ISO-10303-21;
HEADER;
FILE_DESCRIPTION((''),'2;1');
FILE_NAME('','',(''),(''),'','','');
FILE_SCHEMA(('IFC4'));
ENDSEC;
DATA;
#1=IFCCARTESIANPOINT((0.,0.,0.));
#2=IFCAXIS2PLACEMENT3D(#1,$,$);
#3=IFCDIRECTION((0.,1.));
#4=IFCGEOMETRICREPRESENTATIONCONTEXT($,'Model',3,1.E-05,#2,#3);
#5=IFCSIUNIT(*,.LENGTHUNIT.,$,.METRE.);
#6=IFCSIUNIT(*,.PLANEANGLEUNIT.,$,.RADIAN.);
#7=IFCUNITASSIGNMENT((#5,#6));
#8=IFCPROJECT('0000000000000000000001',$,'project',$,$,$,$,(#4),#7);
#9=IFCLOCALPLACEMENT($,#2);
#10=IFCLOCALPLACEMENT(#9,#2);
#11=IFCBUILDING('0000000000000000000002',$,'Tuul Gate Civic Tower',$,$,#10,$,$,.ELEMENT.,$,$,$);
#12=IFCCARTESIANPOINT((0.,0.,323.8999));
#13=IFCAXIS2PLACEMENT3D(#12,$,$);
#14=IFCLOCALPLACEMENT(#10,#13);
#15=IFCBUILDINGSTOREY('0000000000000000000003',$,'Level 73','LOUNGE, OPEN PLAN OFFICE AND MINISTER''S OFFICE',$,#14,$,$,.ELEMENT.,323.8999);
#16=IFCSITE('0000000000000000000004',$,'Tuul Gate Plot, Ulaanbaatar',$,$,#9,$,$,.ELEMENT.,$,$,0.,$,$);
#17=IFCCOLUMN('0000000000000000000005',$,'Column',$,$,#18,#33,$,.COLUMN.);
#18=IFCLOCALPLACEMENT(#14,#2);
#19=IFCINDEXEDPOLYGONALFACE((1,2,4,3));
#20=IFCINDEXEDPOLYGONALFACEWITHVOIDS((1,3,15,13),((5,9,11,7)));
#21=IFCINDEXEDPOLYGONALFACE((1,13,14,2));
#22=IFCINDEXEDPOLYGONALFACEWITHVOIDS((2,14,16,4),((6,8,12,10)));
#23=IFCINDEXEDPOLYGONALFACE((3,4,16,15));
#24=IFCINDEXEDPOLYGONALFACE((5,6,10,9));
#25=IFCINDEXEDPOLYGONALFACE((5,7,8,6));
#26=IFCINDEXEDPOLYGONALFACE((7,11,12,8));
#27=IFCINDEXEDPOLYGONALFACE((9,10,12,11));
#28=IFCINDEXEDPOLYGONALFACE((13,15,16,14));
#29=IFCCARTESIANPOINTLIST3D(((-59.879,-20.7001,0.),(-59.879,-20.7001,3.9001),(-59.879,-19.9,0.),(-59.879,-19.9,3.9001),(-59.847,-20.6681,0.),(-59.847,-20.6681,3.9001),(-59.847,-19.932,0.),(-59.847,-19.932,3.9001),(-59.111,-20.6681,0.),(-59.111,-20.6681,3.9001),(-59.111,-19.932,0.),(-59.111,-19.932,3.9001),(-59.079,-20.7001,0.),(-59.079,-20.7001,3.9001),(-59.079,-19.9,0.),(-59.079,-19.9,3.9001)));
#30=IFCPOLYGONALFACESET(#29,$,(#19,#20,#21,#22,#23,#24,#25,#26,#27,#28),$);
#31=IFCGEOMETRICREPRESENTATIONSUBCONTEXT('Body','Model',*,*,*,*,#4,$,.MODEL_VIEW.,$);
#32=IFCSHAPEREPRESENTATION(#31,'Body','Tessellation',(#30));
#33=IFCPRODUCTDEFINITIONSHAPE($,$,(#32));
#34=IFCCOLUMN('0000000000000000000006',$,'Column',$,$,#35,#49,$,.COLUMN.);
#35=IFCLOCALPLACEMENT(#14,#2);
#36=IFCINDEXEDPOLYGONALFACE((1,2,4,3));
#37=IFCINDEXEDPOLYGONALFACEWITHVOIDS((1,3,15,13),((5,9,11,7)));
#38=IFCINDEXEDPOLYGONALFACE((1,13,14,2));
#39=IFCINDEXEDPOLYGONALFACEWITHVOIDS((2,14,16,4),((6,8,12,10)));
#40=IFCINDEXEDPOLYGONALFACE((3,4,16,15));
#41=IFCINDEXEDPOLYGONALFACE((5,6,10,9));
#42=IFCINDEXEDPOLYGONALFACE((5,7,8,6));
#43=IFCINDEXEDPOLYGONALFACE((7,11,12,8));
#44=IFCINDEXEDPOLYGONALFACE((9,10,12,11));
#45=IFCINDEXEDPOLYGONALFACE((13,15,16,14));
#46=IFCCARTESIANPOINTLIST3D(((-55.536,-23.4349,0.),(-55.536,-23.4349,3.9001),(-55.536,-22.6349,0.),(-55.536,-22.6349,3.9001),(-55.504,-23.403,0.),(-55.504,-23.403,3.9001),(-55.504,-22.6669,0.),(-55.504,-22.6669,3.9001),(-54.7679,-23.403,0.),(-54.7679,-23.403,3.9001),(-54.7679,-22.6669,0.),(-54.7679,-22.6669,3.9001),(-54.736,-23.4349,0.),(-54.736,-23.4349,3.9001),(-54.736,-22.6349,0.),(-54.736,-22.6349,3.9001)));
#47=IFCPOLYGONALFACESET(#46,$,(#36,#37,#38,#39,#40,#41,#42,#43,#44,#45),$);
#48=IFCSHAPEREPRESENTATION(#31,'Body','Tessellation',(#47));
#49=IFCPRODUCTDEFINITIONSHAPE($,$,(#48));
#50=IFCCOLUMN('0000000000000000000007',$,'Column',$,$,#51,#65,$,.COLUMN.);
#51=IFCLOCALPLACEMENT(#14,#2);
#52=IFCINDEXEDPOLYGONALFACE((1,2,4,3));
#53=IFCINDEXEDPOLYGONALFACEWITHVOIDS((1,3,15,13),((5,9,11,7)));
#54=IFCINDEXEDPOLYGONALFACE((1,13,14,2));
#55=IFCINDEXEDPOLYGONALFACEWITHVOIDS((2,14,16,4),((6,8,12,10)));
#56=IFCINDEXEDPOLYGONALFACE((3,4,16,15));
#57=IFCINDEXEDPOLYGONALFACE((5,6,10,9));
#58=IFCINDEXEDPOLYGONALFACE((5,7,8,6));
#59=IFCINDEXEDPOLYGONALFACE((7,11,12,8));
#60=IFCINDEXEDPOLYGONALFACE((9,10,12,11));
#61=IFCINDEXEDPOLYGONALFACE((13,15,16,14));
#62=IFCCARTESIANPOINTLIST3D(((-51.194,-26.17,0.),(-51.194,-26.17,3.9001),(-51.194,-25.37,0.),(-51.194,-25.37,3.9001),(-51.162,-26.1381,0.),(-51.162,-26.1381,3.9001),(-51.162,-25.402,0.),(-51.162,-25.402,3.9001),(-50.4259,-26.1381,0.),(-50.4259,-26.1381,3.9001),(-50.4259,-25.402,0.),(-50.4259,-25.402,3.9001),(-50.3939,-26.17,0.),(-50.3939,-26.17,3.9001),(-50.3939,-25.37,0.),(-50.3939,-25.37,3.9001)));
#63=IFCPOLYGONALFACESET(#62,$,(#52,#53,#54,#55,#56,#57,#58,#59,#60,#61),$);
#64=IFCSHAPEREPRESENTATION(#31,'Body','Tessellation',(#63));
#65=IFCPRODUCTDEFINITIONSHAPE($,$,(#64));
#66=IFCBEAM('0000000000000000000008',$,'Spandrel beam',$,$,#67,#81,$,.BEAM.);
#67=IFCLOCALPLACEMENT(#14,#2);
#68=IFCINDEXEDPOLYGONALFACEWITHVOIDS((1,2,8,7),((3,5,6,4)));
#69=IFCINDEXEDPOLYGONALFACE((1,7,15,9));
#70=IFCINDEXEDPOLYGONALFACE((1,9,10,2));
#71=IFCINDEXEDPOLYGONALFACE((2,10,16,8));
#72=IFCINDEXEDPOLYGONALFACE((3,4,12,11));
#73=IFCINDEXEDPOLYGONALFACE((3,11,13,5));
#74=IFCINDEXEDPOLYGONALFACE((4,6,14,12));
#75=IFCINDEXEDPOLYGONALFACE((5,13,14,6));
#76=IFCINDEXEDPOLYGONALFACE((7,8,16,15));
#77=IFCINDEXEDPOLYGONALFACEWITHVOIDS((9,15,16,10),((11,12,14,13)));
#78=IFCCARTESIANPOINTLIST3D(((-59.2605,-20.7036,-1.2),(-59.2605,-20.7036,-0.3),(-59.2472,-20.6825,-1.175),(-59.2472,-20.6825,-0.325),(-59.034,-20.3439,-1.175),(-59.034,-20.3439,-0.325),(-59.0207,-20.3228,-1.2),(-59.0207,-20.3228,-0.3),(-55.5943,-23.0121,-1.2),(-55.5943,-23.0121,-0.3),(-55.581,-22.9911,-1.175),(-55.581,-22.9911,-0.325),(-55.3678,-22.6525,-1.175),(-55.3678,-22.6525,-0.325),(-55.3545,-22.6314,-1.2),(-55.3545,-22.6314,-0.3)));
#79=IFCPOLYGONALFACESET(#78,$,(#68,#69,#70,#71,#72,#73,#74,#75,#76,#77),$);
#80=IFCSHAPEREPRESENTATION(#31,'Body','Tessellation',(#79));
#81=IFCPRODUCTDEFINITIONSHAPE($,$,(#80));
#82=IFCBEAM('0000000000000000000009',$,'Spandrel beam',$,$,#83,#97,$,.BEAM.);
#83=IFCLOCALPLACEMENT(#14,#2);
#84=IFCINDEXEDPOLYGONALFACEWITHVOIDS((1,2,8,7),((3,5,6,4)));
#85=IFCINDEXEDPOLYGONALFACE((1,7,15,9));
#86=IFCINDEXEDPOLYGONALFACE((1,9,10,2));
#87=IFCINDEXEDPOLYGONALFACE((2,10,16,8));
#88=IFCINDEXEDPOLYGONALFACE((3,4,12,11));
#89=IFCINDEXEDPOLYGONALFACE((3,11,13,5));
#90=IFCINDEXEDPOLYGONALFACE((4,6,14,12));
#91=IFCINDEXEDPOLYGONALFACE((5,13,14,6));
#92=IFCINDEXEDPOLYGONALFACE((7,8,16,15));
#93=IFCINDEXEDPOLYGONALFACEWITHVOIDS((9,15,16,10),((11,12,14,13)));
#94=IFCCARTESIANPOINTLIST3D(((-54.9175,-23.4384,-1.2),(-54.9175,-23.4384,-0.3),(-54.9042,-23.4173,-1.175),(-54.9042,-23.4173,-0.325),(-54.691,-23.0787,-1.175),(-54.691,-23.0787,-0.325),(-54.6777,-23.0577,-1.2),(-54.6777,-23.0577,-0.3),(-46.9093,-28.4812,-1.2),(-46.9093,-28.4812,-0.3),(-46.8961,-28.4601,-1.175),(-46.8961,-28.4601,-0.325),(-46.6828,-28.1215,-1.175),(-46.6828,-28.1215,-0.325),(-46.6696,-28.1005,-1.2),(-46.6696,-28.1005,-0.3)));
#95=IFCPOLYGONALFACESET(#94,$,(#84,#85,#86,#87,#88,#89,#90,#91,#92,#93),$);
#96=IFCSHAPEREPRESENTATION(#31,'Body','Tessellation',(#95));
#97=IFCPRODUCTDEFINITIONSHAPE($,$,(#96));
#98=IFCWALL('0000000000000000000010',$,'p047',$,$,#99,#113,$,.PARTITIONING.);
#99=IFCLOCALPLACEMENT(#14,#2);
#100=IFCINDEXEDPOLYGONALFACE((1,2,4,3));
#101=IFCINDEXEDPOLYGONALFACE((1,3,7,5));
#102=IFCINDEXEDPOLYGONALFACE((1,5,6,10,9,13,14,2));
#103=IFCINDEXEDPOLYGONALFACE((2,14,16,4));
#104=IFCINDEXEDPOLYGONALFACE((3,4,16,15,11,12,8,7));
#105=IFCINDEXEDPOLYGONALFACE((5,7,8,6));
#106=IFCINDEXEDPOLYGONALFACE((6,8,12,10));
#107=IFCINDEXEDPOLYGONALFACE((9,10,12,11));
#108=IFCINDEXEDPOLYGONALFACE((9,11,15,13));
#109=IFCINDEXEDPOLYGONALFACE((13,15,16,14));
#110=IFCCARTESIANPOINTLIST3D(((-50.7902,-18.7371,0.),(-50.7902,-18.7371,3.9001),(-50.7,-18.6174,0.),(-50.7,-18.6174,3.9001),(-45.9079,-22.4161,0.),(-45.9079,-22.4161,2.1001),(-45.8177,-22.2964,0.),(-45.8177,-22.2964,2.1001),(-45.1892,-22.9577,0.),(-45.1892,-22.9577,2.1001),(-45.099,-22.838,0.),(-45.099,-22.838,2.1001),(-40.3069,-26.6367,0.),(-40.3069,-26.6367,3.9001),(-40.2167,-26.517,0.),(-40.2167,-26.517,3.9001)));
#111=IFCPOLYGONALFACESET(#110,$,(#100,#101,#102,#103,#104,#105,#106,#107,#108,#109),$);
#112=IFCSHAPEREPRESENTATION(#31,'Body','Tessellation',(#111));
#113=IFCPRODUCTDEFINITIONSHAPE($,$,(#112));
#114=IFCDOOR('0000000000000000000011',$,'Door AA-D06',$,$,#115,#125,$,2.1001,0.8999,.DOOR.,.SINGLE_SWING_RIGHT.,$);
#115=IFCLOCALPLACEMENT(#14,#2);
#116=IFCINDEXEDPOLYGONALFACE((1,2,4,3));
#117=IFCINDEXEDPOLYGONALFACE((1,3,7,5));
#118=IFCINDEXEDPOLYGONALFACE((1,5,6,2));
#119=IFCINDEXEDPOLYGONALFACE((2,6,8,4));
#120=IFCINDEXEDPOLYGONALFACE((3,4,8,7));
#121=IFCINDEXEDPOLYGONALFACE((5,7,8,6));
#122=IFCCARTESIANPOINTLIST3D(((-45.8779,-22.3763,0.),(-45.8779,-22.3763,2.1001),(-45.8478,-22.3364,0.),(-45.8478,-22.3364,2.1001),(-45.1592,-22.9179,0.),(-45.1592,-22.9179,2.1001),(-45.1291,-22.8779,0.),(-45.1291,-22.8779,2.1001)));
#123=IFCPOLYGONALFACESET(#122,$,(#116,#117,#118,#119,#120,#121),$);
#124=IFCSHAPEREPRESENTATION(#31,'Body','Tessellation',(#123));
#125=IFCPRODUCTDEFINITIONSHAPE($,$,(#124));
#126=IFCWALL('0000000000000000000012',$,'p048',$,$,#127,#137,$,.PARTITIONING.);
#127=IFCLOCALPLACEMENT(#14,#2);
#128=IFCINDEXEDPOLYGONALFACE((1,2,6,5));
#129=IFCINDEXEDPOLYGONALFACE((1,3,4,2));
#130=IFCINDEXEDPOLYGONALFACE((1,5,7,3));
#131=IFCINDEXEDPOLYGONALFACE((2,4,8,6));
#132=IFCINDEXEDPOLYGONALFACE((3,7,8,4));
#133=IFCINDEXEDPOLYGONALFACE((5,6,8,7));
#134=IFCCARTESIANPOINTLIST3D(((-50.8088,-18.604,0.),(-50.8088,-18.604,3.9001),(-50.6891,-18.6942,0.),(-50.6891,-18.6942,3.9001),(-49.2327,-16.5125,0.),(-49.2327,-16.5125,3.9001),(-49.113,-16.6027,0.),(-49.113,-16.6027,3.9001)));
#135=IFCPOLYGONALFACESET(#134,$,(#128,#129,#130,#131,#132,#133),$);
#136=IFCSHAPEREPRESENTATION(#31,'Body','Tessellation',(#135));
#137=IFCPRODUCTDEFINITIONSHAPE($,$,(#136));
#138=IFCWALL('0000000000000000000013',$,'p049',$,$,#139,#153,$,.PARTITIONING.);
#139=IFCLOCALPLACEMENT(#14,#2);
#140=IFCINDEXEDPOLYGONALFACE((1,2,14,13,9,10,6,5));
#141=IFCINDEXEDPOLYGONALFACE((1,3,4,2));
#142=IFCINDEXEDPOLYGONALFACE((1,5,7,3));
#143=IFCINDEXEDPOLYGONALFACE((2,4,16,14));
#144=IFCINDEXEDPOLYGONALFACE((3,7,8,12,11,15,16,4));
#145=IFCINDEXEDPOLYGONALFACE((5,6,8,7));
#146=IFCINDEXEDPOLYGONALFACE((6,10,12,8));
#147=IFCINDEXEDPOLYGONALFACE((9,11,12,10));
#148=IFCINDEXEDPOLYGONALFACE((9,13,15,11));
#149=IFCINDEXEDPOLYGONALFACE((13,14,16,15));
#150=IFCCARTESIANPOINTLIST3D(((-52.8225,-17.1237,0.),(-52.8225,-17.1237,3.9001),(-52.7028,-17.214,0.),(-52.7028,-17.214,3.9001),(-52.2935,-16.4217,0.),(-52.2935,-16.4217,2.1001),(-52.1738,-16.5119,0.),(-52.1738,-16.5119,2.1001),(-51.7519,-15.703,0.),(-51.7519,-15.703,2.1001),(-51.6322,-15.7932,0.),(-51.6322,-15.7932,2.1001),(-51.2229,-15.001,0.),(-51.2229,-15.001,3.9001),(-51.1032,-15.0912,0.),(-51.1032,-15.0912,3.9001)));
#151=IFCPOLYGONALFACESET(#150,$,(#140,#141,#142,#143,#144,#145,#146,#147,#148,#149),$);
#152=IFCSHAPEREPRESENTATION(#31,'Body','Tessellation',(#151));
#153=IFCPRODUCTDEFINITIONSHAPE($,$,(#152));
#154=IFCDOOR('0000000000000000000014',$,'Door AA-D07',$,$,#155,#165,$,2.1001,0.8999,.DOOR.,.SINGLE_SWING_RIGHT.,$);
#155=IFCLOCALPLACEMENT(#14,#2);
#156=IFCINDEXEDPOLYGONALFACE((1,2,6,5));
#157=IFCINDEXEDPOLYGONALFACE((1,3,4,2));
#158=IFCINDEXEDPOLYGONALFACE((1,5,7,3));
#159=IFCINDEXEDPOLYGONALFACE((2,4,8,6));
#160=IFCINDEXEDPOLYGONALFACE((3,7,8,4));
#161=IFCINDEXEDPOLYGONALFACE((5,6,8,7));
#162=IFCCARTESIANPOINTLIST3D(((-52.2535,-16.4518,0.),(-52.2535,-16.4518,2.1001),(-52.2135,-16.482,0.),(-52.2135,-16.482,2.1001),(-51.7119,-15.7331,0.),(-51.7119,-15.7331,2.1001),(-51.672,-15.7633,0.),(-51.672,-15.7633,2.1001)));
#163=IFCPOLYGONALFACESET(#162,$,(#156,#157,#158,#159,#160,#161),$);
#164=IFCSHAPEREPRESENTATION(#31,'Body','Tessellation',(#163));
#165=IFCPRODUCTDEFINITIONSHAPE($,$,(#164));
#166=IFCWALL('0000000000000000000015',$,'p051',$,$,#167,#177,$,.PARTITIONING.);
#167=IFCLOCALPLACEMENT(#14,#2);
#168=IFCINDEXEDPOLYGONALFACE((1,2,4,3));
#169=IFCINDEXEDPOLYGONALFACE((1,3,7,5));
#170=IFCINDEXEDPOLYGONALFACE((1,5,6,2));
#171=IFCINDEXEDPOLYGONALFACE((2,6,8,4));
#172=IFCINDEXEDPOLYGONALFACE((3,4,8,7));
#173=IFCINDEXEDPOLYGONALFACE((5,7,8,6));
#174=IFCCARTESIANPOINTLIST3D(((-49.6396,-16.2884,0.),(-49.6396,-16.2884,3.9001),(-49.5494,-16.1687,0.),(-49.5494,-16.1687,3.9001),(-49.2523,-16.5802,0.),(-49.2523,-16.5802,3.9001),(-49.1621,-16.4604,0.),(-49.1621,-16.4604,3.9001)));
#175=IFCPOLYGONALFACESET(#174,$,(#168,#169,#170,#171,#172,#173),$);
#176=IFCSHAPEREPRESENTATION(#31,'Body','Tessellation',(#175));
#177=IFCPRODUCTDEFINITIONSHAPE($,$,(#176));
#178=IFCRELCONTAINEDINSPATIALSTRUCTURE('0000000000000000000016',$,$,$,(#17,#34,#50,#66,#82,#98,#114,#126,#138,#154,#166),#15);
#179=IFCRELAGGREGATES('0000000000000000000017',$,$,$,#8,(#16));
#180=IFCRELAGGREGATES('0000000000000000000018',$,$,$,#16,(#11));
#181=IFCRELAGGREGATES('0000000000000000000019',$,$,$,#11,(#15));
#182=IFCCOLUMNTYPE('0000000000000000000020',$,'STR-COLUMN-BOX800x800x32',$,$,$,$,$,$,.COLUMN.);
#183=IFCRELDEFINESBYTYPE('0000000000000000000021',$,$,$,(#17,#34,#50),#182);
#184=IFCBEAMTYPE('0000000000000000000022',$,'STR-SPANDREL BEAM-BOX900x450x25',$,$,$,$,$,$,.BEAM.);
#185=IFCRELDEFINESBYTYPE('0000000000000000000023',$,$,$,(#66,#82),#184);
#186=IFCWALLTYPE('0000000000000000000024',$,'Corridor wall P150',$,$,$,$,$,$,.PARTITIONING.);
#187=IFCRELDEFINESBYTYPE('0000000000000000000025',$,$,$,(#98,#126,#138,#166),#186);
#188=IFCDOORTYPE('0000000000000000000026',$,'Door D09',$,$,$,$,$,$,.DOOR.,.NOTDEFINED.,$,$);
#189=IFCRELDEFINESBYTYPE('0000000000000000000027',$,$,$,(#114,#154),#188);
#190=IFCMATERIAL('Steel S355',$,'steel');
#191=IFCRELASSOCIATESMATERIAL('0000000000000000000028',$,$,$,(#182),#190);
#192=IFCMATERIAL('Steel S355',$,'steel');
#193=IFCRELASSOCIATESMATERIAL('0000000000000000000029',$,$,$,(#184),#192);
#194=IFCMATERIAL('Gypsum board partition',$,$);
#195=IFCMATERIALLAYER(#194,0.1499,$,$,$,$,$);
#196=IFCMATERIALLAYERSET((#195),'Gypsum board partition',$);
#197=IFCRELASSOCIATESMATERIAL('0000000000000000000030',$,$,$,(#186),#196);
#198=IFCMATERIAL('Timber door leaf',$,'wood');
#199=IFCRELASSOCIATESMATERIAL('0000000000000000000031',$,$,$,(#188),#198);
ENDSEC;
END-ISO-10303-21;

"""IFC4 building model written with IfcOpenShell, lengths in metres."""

from ifc_helpers import new_model, si_unit, direction, frame, frame_2d, origin, origin_2d, place, context, subcontext, project, spatial, rectangle, hollow_rectangle, extrude, material, layer, layer_set, material_profile, profile_set, type_object, element, fill, save


model = new_model("IFC4")

# Units and contexts
model_context = context("Model", 3, precision=1e-05, world=origin(), true_north=direction((0.0, 1.0)))
body_context = subcontext(model_context, "Body", "Model", "MODEL_VIEW")
ifc_project = project(units=[si_unit("LENGTHUNIT", "METRE"), si_unit("PLANEANGLEUNIT", "RADIAN")], contexts=[model_context])

# Site, building, storey
site_placement = place(None, origin())
site = spatial("IfcSite", under=ifc_project, at=site_placement, Name="Tuul Gate Plot, Ulaanbaatar", CompositionType="ELEMENT", RefElevation=0.0)
building_placement = place(site_placement, origin())
building = spatial("IfcBuilding", under=site, at=building_placement, Name="Tuul Gate Civic Tower", CompositionType="ELEMENT")
storey_placement = place(building_placement, frame((0.0, 0.0, 323.8999)))
storey = spatial("IfcBuildingStorey", under=building, at=storey_placement, Name="Level 73", Description="LOUNGE, OPEN PLAN OFFICE AND MINISTER'S OFFICE", CompositionType="ELEMENT", Elevation=323.8999)

# Columns
ifc_material_1 = material(Name="Steel S355", Category="steel")
ifc_material_profile_1 = material_profile(ifc_material_1, hollow_rectangle(XDim=0.8, YDim=0.8, WallThickness=0.032, at=origin_2d()), Name="BOX800x800x32")
ifc_profile_set_1 = profile_set([ifc_material_profile_1], Name="Steel S355")
column_type = type_object("IfcColumnType", Name="STR-COLUMN-BOX800x800x32", PredefinedType="COLUMN", material=ifc_profile_set_1)
for number, where, z_axis, x_axis, name in (
    (1, (-59.479, -20.3, 0.0), (0.0, 0.0, 1.0), (1.0, 0.0, 0.0), "Column"),
    (2, (-55.136, -23.0349, 0.0), (0.0, 0.0, 1.0), (1.0, 0.0, 0.0), "Column"),
    (3, (-50.7939, -25.77, 0.0), (0.0, 0.0, 1.0), (1.0, 0.0, 0.0), "Column"),
):
    element("IfcColumn", number, at=place(storey_placement, frame(where, z_axis=z_axis, x_axis=x_axis)), inside=storey, type_object=column_type, Name=name, PredefinedType="COLUMN", context=body_context, shape_type="SweptSolid", body=[
        extrude(hollow_rectangle(XDim=0.8, YDim=0.8, WallThickness=0.032, at=origin_2d()), origin(), (0.0, 0.0, 1.0), 3.9001),
    ])

# Beams
ifc_material_2 = material(Name="Steel S355", Category="steel")
ifc_material_profile_2 = material_profile(ifc_material_2, hollow_rectangle(XDim=0.45, YDim=0.8999, WallThickness=0.0249, at=origin_2d()), Name="BOX900x450x25")
ifc_profile_set_2 = profile_set([ifc_material_profile_2], Name="Steel S355")
beam_type = type_object("IfcBeamType", Name="STR-SPANDREL BEAM-BOX900x450x25", PredefinedType="BEAM", material=ifc_profile_set_2)
beam_1_placement = place(storey_placement, frame((-59.1406, -20.5132, -0.75), z_axis=(0.846211, -0.532848, 0.0), x_axis=(0.532848, 0.846211, 0.0)))
element("IfcBeam", 4, at=beam_1_placement, inside=storey, type_object=beam_type, Name="Spandrel beam", PredefinedType="BEAM", context=body_context, shape_type="SweptSolid", body=[
    extrude(hollow_rectangle(XDim=0.45, YDim=0.8999, WallThickness=0.0249, at=origin_2d()), origin(), (0.0, 0.0, 1.0), 4.3325),
])
beam_2_placement = place(storey_placement, frame((-54.7976, -23.248, -0.75), z_axis=(0.846204, -0.53286, 0.0), x_axis=(0.53286, 0.846204, 0.0)))
element("IfcBeam", 5, at=beam_2_placement, inside=storey, type_object=beam_type, Name="Spandrel beam", PredefinedType="BEAM", context=body_context, shape_type="SweptSolid", body=[
    extrude(hollow_rectangle(XDim=0.45, YDim=0.8999, WallThickness=0.0249, at=origin_2d()), origin(), (0.0, 0.0, 1.0), 9.4636),
])

# Wall, opening, door
ifc_material_3 = material(Name="Gypsum board partition")
ifc_layer_1 = layer(ifc_material_3, 0.1499)
ifc_layer_set_1 = layer_set([ifc_layer_1], Name="Gypsum board partition")
wall_type_1 = type_object("IfcWallType", Name="Corridor wall P150", PredefinedType="PARTITIONING", material=ifc_layer_set_1)
wall_1_placement = place(storey_placement, frame((-50.7451, -18.6772, 0.0), z_axis=(0.0, 0.0, 1.0), x_axis=(0.798641, -0.601808, 0.0)))
wall_1 = element("IfcWall", 6, at=wall_1_placement, inside=storey, type_object=wall_type_1, Name="p047", PredefinedType="PARTITIONING", context=body_context, shape_type="SweptSolid", body=[
    extrude(rectangle(XDim=13.1265, YDim=0.1499, at=frame_2d((6.5632, 0.0))), origin(), (0.0, 0.0, 1.0), 3.9001),
])
opening_1_placement = place(wall_1_placement, frame((6.1133, 0.0, 0.0)))
opening_1 = element("IfcOpeningElement", 7, at=opening_1_placement, cuts=wall_1, PredefinedType="OPENING", context=body_context, shape_type="SweptSolid", body=[
    extrude(rectangle(XDim=0.8999, YDim=2.1001, at=frame_2d((0.45, 1.05))), frame((0.0, 0.085, 0.0), z_axis=(0.0, -1.0, 0.0), x_axis=(1.0, 0.0, 0.0)), (0.0, 0.0, 1.0), 0.1699),
])
ifc_material_4 = material(Name="Timber door leaf", Category="wood")
door_type_1 = type_object("IfcDoorType", Name="Door D09", OperationType="NOTDEFINED", PredefinedType="DOOR", material=ifc_material_4)
door_1_placement = place(opening_1_placement, origin())
door_1 = element("IfcDoor", 8, at=door_1_placement, inside=storey, type_object=door_type_1, Name="Door AA-D06", OperationType="SINGLE_SWING_RIGHT", OverallHeight=2.1001, OverallWidth=0.8999, PredefinedType="DOOR", context=body_context, shape_type="SweptSolid", body=[
    extrude(rectangle(XDim=0.8999, YDim=2.1001, at=frame_2d((0.45, 1.05))), frame((0.0, 0.0249, 0.0), z_axis=(0.0, -1.0, 0.0), x_axis=(1.0, 0.0, 0.0)), (0.0, 0.0, 1.0), 0.05),
])
fill(opening_1, door_1)

# Wall
wall_2_placement = place(storey_placement, frame((-50.749, -18.6492, 0.0), z_axis=(0.0, 0.0, 1.0), x_axis=(0.601833, 0.798622, 0.0)))
element("IfcWall", 9, at=wall_2_placement, inside=storey, type_object=wall_type_1, Name="p048", PredefinedType="PARTITIONING", context=body_context, shape_type="SweptSolid", body=[
    extrude(rectangle(XDim=2.6189, YDim=0.1499, at=frame_2d((1.3096, 0.0))), origin(), (0.0, 0.0, 1.0), 3.9001),
])

# Wall, opening, door
wall_3_placement = place(storey_placement, frame((-52.7627, -17.1689, 0.0), z_axis=(0.0, 0.0, 1.0), x_axis=(0.601806, 0.798642, 0.0)))
wall_3 = element("IfcWall", 10, at=wall_3_placement, inside=storey, type_object=wall_type_1, Name="p049", PredefinedType="PARTITIONING", context=body_context, shape_type="SweptSolid", body=[
    extrude(rectangle(XDim=2.658, YDim=0.1499, at=frame_2d((1.3291, 0.0))), origin(), (0.0, 0.0, 1.0), 3.9001),
])
opening_2_placement = place(wall_3_placement, frame((0.8792, 0.0, 0.0)))
opening_2 = element("IfcOpeningElement", 11, at=opening_2_placement, cuts=wall_3, PredefinedType="OPENING", context=body_context, shape_type="SweptSolid", body=[
    extrude(rectangle(XDim=0.8999, YDim=2.1001, at=frame_2d((0.45, 1.05))), frame((0.0, 0.085, 0.0), z_axis=(0.0, -1.0, 0.0), x_axis=(1.0, 0.0, 0.0)), (0.0, 0.0, 1.0), 0.1699),
])
door_2_placement = place(opening_2_placement, origin())
door_2 = element("IfcDoor", 12, at=door_2_placement, inside=storey, type_object=door_type_1, Name="Door AA-D07", OperationType="SINGLE_SWING_RIGHT", OverallHeight=2.1001, OverallWidth=0.8999, PredefinedType="DOOR", context=body_context, shape_type="SweptSolid", body=[
    extrude(rectangle(XDim=0.8999, YDim=2.1001, at=frame_2d((0.45, 1.05))), frame((0.0, 0.0249, 0.0), z_axis=(0.0, -1.0, 0.0), x_axis=(1.0, 0.0, 0.0)), (0.0, 0.0, 1.0), 0.05),
])
fill(opening_2, door_2)

# Wall
wall_4_placement = place(storey_placement, frame((-49.5945, -16.2285, 0.0), z_axis=(0.0, 0.0, 1.0), x_axis=(0.798669, -0.601771, 0.0)))
element("IfcWall", 13, at=wall_4_placement, inside=storey, type_object=wall_type_1, Name="p051", PredefinedType="PARTITIONING", context=body_context, shape_type="SweptSolid", body=[
    extrude(rectangle(XDim=0.4849, YDim=0.1499, at=frame_2d((0.2424, 0.0))), origin(), (0.0, 0.0, 1.0), 3.9001),
])

save(model, "model.ifc")
